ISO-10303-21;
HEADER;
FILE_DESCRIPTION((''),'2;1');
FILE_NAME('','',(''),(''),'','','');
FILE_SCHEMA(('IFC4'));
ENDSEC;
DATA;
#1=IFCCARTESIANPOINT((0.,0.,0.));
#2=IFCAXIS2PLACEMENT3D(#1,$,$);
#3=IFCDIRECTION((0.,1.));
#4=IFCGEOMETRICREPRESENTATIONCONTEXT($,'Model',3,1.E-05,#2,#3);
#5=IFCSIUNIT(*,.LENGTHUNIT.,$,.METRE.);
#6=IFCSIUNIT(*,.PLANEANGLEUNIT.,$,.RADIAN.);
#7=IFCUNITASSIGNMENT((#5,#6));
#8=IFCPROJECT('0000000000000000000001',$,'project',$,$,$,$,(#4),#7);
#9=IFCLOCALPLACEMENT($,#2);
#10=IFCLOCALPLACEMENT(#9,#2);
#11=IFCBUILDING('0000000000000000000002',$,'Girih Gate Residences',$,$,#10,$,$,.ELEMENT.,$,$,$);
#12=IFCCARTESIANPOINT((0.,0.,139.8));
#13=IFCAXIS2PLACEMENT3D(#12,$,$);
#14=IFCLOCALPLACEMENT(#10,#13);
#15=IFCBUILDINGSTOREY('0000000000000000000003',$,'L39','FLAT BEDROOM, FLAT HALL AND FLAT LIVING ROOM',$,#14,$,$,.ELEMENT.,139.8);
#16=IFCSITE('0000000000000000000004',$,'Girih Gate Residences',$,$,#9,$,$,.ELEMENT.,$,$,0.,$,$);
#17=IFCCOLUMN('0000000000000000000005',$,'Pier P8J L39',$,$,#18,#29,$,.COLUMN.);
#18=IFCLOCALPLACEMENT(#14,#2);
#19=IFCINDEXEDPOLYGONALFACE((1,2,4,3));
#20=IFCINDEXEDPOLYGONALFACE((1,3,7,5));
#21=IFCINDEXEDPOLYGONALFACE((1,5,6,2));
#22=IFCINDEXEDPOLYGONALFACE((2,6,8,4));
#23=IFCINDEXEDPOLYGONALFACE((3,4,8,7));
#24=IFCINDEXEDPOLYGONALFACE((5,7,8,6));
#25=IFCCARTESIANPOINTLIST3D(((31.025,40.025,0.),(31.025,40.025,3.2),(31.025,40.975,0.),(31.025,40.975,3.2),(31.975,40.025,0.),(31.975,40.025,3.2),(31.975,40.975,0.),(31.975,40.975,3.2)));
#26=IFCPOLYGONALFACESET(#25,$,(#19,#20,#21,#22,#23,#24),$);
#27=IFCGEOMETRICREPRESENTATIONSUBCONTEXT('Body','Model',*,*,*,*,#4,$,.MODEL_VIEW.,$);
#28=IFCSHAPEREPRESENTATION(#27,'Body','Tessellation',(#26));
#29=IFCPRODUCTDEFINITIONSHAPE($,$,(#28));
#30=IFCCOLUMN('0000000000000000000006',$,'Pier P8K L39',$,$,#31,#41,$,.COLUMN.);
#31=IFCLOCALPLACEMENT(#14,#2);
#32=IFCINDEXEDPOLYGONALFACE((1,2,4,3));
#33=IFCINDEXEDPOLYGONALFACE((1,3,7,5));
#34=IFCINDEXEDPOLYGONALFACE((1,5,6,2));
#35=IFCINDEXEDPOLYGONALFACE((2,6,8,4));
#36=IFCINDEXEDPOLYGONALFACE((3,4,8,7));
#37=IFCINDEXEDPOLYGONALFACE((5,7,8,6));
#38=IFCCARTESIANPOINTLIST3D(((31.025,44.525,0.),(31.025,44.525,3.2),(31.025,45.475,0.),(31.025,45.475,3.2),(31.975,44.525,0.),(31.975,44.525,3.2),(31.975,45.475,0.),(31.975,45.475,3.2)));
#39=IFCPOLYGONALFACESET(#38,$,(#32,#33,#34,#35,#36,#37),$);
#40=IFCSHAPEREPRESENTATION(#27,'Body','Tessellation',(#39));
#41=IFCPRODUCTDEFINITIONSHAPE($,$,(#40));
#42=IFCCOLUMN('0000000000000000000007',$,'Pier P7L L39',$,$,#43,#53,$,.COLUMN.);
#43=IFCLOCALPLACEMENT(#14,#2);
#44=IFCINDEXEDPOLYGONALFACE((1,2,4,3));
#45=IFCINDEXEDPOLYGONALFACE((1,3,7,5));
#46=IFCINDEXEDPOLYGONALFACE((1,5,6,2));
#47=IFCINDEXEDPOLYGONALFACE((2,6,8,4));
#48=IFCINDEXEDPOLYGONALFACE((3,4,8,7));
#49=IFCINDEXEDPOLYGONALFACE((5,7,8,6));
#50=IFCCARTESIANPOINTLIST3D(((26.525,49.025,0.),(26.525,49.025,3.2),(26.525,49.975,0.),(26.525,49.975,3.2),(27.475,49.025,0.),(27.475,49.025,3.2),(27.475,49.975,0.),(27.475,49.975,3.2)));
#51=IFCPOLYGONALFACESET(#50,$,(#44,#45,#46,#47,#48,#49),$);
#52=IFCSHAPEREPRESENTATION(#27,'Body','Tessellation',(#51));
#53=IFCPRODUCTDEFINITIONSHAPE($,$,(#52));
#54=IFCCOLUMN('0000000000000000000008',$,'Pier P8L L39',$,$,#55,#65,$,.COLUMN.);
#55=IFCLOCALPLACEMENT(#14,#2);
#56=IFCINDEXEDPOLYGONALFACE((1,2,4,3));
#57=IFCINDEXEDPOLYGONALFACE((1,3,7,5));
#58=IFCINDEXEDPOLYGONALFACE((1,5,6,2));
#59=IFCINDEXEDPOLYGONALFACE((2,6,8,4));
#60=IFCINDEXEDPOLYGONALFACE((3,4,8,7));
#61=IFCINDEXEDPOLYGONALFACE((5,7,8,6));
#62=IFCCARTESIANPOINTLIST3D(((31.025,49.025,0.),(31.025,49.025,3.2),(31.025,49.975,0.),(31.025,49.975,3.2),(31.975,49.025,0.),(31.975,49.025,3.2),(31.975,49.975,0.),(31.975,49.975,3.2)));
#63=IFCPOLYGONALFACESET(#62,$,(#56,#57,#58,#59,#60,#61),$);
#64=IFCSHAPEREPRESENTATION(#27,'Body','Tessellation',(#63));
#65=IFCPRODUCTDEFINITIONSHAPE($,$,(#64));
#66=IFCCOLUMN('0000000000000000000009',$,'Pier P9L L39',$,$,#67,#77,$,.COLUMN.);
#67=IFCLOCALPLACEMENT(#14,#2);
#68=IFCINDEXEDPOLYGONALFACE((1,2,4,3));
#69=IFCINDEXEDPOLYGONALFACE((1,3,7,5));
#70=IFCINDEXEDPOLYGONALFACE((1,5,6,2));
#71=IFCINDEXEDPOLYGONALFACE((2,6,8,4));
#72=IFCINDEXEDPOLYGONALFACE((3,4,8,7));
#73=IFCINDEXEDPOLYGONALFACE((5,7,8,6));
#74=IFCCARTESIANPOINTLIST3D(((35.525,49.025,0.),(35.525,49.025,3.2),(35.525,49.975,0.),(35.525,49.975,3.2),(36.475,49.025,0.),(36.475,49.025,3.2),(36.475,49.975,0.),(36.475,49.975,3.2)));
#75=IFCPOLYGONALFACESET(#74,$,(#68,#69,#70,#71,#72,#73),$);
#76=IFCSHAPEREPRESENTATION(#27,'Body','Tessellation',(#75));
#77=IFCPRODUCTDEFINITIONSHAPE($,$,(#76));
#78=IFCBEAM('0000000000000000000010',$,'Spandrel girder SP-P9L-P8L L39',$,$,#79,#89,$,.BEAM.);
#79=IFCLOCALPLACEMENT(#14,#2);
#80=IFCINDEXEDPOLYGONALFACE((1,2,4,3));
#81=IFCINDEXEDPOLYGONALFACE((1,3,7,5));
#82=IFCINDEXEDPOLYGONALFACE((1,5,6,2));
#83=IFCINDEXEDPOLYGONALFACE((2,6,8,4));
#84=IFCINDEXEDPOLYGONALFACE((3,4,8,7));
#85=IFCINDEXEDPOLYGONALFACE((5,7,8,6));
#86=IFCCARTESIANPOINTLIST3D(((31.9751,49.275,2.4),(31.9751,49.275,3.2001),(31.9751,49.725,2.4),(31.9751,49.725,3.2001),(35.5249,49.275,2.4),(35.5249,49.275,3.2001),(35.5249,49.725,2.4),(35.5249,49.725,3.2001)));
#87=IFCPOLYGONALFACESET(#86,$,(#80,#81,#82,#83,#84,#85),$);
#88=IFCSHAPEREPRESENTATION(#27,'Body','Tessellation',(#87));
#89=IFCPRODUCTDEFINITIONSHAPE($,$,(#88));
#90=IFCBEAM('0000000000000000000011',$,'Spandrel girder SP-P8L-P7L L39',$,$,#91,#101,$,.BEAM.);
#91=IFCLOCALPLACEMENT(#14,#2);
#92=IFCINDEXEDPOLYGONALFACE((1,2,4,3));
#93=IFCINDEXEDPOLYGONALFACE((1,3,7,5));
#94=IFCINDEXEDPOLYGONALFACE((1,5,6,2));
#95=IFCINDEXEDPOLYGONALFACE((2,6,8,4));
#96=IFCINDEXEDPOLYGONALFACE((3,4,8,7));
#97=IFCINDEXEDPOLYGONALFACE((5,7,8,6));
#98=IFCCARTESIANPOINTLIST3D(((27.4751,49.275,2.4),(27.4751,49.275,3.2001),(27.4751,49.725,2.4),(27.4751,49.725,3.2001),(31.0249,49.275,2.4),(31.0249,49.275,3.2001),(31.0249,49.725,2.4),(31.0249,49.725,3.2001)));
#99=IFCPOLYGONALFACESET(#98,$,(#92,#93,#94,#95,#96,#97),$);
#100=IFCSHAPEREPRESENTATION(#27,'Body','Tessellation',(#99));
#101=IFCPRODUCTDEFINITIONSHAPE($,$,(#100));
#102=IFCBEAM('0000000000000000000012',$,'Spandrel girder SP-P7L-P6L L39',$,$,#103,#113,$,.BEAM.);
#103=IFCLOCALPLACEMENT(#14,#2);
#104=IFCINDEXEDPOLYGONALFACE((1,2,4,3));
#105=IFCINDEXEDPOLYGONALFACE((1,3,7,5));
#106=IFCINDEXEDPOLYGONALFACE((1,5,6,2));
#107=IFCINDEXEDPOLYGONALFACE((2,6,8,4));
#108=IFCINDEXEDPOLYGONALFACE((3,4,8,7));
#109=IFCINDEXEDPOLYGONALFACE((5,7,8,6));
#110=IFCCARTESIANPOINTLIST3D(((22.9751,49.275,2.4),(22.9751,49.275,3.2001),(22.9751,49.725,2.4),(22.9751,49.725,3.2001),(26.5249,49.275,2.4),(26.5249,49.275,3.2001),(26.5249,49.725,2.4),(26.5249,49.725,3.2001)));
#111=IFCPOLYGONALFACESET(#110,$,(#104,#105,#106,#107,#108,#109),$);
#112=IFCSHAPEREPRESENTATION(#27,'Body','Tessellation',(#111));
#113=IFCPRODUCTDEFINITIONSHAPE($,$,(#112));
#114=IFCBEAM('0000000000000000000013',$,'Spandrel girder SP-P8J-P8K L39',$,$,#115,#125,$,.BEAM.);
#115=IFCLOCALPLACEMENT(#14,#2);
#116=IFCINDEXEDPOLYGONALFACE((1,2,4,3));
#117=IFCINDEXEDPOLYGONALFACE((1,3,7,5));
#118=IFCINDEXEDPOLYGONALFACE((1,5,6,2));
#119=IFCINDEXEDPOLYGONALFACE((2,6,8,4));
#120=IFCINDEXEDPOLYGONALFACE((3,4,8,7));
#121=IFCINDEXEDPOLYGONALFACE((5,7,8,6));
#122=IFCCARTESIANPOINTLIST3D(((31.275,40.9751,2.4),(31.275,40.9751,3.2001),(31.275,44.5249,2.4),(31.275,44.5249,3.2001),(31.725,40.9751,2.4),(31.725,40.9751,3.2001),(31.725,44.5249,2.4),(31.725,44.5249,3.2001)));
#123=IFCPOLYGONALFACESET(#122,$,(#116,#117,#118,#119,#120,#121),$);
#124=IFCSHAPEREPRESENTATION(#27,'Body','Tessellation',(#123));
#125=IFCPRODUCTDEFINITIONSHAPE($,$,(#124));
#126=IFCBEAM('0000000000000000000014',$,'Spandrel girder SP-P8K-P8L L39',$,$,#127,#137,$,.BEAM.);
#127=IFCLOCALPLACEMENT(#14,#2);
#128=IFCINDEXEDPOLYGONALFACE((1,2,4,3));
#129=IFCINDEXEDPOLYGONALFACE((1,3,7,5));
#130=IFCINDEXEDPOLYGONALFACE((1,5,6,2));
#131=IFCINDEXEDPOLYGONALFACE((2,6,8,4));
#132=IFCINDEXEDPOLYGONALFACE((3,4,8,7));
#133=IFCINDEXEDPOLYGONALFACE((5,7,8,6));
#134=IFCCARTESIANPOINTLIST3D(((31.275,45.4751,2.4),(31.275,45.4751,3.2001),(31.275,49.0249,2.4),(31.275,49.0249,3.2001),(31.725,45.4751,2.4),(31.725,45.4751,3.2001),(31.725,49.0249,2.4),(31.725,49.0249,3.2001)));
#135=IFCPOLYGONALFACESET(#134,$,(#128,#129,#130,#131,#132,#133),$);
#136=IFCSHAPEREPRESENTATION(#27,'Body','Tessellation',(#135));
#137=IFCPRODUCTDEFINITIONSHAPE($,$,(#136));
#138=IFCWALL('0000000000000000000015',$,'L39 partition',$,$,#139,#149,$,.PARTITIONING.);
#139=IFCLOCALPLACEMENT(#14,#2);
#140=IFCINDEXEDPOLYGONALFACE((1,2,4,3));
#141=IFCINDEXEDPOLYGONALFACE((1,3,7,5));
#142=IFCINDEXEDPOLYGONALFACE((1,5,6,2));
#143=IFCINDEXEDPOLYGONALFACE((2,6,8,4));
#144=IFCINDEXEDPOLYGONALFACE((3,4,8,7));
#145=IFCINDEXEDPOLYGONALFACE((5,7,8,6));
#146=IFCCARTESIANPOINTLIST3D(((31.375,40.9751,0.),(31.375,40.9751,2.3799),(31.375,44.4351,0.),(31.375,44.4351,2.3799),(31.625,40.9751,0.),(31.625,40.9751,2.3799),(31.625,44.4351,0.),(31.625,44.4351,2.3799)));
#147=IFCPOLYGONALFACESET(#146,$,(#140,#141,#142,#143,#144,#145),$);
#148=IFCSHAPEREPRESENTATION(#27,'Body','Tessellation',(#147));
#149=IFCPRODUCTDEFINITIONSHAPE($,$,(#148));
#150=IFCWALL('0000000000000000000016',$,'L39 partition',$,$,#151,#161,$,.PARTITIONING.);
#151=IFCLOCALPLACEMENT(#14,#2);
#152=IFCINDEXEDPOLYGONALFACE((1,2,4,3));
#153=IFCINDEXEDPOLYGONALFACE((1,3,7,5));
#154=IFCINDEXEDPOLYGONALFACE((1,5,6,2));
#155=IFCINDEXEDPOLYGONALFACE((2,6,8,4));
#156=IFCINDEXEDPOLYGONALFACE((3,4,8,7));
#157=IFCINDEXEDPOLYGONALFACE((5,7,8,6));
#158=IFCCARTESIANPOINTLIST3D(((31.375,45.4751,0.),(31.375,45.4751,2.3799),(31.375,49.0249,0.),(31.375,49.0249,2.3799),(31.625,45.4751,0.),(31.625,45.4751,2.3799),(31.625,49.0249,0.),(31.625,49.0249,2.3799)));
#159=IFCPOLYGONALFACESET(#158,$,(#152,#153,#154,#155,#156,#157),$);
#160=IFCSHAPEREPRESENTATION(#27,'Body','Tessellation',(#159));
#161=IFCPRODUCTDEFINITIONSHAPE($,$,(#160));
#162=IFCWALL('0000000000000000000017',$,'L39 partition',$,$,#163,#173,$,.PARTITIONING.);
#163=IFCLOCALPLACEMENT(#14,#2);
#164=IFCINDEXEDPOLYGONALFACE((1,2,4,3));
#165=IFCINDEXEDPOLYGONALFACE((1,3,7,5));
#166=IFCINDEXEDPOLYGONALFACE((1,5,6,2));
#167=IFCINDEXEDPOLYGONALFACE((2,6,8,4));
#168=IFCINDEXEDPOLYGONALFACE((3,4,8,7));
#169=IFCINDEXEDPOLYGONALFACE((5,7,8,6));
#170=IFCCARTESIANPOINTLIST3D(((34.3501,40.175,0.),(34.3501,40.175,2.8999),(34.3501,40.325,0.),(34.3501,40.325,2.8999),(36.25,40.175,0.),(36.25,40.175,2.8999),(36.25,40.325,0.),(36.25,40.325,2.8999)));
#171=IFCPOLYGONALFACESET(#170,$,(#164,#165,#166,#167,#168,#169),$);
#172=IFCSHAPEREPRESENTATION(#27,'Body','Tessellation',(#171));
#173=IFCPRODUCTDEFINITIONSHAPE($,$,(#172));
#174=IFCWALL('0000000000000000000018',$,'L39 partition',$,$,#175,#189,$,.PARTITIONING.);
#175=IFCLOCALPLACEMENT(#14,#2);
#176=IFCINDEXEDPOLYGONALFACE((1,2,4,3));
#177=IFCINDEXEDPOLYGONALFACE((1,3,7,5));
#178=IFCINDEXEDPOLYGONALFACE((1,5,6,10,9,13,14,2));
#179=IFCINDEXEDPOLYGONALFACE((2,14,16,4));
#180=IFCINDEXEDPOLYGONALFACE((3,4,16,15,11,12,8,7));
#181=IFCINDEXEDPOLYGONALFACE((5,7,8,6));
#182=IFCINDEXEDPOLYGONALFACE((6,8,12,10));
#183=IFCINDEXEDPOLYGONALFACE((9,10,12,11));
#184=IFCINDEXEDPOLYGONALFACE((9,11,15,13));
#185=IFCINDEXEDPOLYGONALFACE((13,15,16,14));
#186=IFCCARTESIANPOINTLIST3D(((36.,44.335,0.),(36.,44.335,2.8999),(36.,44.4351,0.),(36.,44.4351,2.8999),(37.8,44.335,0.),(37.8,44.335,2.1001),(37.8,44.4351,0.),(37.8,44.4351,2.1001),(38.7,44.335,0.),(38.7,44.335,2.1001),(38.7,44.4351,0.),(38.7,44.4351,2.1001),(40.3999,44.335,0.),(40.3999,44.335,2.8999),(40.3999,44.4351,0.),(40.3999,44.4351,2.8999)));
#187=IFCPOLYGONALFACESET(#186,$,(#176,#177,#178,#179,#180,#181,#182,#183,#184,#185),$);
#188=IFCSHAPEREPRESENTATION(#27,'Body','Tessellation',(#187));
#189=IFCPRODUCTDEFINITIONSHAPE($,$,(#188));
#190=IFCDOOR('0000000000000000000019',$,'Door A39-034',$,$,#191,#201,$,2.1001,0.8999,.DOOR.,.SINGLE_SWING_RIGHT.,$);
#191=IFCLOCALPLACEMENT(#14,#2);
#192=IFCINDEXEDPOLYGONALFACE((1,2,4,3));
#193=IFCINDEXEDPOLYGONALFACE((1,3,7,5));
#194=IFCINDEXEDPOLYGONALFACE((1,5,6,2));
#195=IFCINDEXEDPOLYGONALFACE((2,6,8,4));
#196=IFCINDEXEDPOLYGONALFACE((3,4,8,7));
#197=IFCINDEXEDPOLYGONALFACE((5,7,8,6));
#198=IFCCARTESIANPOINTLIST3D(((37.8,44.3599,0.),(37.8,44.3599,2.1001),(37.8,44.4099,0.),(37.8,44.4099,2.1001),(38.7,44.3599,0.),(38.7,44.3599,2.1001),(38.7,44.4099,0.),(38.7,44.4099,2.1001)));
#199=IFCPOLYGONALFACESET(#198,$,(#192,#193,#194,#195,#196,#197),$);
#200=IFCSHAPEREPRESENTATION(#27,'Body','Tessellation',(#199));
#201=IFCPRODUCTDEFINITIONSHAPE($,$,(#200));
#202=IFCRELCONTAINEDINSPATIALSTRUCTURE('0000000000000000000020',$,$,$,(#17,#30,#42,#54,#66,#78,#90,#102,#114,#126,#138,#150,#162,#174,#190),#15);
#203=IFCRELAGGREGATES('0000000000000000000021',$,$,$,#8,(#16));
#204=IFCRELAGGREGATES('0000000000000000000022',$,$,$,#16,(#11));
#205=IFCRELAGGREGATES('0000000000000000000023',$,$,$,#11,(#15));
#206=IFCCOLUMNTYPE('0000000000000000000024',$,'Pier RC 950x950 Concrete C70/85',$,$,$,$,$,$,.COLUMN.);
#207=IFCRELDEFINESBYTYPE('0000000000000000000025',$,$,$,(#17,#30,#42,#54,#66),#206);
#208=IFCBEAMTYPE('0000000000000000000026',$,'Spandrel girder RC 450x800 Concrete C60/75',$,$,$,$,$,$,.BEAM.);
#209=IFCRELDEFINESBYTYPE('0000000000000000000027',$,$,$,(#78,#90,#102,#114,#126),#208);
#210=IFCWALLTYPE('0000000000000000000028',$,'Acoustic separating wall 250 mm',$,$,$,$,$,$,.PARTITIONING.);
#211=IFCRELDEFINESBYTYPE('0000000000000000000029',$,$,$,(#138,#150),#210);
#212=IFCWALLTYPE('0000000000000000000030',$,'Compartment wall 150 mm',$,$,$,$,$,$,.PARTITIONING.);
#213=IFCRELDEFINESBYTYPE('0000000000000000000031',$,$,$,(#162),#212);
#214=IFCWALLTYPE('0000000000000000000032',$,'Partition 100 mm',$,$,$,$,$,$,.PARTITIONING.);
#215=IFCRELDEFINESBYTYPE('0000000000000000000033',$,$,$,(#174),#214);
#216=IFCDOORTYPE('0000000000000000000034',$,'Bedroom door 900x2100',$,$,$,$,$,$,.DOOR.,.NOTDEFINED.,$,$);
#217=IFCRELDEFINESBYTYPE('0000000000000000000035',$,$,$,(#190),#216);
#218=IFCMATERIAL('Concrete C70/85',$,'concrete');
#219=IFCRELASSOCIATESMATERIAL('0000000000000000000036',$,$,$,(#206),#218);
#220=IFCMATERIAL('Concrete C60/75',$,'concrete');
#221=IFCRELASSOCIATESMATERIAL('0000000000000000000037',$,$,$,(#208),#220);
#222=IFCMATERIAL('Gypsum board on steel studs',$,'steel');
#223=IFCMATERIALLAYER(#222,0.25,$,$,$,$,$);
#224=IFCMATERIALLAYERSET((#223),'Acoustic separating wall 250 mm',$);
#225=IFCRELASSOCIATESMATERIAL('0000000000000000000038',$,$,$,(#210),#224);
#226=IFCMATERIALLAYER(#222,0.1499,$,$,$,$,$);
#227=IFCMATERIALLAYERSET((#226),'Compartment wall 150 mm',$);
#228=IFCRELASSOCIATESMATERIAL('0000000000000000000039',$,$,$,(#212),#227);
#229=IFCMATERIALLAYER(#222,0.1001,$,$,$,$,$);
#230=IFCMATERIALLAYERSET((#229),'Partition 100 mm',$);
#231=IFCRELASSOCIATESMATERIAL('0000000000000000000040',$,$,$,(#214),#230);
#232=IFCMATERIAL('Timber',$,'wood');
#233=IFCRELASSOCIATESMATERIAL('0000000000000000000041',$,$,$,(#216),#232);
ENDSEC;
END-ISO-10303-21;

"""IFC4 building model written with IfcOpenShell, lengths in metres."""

from ifc_helpers import new_model, si_unit, direction, frame, frame_2d, origin, origin_2d, place, context, subcontext, project, spatial, rectangle, extrude, material, layer, layer_set, material_profile, profile_set, type_object, element, fill, save


model = new_model("IFC4")

# Units and contexts
model_context = context("Model", 3, precision=1e-05, world=origin(), true_north=direction((0.0, 1.0)))
body_context = subcontext(model_context, "Body", "Model", "MODEL_VIEW")
ifc_project = project(units=[si_unit("LENGTHUNIT", "METRE"), si_unit("PLANEANGLEUNIT", "RADIAN")], contexts=[model_context])

# Site, building, storey
site_placement = place(None, origin())
site = spatial("IfcSite", under=ifc_project, at=site_placement, Name="Girih Gate Residences", CompositionType="ELEMENT", RefElevation=0.0)
building_placement = place(site_placement, origin())
building = spatial("IfcBuilding", under=site, at=building_placement, Name="Girih Gate Residences", CompositionType="ELEMENT")
storey_placement = place(building_placement, frame((0.0, 0.0, 139.8)))
storey = spatial("IfcBuildingStorey", under=building, at=storey_placement, Name="L39", Description="FLAT BEDROOM, FLAT HALL AND FLAT LIVING ROOM", CompositionType="ELEMENT", Elevation=139.8)

# Columns
ifc_material_1 = material(Name="Concrete C70/85", Category="concrete")
ifc_material_profile_1 = material_profile(ifc_material_1, rectangle(XDim=0.95, YDim=0.95, at=origin_2d()))
ifc_profile_set_1 = profile_set([ifc_material_profile_1], Name="Concrete C70/85")
column_type = type_object("IfcColumnType", Name="Pier RC 950x950 Concrete C70/85", PredefinedType="COLUMN", material=ifc_profile_set_1)
for number, where, z_axis, x_axis, name in (
    (1, (31.5, 40.5, 0.0), (0.0, 0.0, 1.0), (1.0, 0.0, 0.0), "Pier P8J L39"),
    (2, (31.5, 45.0, 0.0), (0.0, 0.0, 1.0), (1.0, 0.0, 0.0), "Pier P8K L39"),
    (3, (27.0, 49.5, 0.0), (0.0, 0.0, 1.0), (1.0, 0.0, 0.0), "Pier P7L L39"),
    (4, (31.5, 49.5, 0.0), (0.0, 0.0, 1.0), (1.0, 0.0, 0.0), "Pier P8L L39"),
    (5, (36.0, 49.5, 0.0), (0.0, 0.0, 1.0), (1.0, 0.0, 0.0), "Pier P9L L39"),
):
    element("IfcColumn", number, at=place(storey_placement, frame(where, z_axis=z_axis, x_axis=x_axis)), inside=storey, type_object=column_type, Name=name, PredefinedType="COLUMN", context=body_context, shape_type="SweptSolid", body=[
        extrude(rectangle(XDim=0.95, YDim=0.95, at=origin_2d()), origin(), (0.0, 0.0, 1.0), 3.2),
    ])

# Beams
ifc_material_2 = material(Name="Concrete C60/75", Category="concrete")
ifc_material_profile_2 = material_profile(ifc_material_2, rectangle(XDim=0.45, YDim=0.8, at=origin_2d()))
ifc_profile_set_2 = profile_set([ifc_material_profile_2], Name="Concrete C60/75")
beam_type = type_object("IfcBeamType", Name="Spandrel girder RC 450x800 Concrete C60/75", PredefinedType="BEAM", material=ifc_profile_set_2)
for number, where, z_axis, x_axis, name in (
    (6, (35.5249, 49.5, 2.8), (-1.0, 0.0, 0.0), (0.0, -1.0, 0.0), "Spandrel girder SP-P9L-P8L L39"),
    (7, (31.0249, 49.5, 2.8), (-1.0, 0.0, 0.0), (0.0, -1.0, 0.0), "Spandrel girder SP-P8L-P7L L39"),
    (8, (26.5249, 49.5, 2.8), (-1.0, 0.0, 0.0), (0.0, -1.0, 0.0), "Spandrel girder SP-P7L-P6L L39"),
    (9, (31.5, 40.9751, 2.8), (0.0, 1.0, 0.0), (-1.0, 0.0, 0.0), "Spandrel girder SP-P8J-P8K L39"),
    (10, (31.5, 45.4751, 2.8), (0.0, 1.0, 0.0), (-1.0, 0.0, 0.0), "Spandrel girder SP-P8K-P8L L39"),
):
    element("IfcBeam", number, at=place(storey_placement, frame(where, z_axis=z_axis, x_axis=x_axis)), inside=storey, type_object=beam_type, Name=name, PredefinedType="BEAM", context=body_context, shape_type="SweptSolid", body=[
        extrude(rectangle(XDim=0.45, YDim=0.8, at=origin_2d()), origin(), (0.0, 0.0, 1.0), 3.5498),
    ])

# Walls
ifc_material_3 = material(Name="Gypsum board on steel studs", Category="steel")
ifc_layer_1 = layer(ifc_material_3, 0.25)
ifc_layer_set_1 = layer_set([ifc_layer_1], Name="Acoustic separating wall 250 mm")
wall_type_1 = type_object("IfcWallType", Name="Acoustic separating wall 250 mm", PredefinedType="PARTITIONING", material=ifc_layer_set_1)
wall_1_placement = place(storey_placement, frame((31.5, 40.9751, 0.0), z_axis=(0.0, 0.0, 1.0), x_axis=(0.0, 1.0, 0.0)))
element("IfcWall", 11, at=wall_1_placement, inside=storey, type_object=wall_type_1, Name="L39 partition", PredefinedType="PARTITIONING", context=body_context, shape_type="SweptSolid", body=[
    extrude(rectangle(XDim=3.46, YDim=0.25, at=frame_2d((1.73, 0.0))), origin(), (0.0, 0.0, 1.0), 2.3799),
])
wall_2_placement = place(storey_placement, frame((31.5, 45.4751, 0.0), z_axis=(0.0, 0.0, 1.0), x_axis=(0.0, 1.0, 0.0)))
element("IfcWall", 12, at=wall_2_placement, inside=storey, type_object=wall_type_1, Name="L39 partition", PredefinedType="PARTITIONING", context=body_context, shape_type="SweptSolid", body=[
    extrude(rectangle(XDim=3.5498, YDim=0.25, at=frame_2d((1.7749, 0.0))), origin(), (0.0, 0.0, 1.0), 2.3799),
])
ifc_layer_2 = layer(ifc_material_3, 0.1499)
ifc_layer_set_2 = layer_set([ifc_layer_2], Name="Compartment wall 150 mm")
wall_type_2 = type_object("IfcWallType", Name="Compartment wall 150 mm", PredefinedType="PARTITIONING", material=ifc_layer_set_2)
wall_3_placement = place(storey_placement, frame((34.3501, 40.25, 0.0), z_axis=(0.0, 0.0, 1.0), x_axis=(1.0, 0.0, 0.0)))
element("IfcWall", 13, at=wall_3_placement, inside=storey, type_object=wall_type_2, Name="L39 partition", PredefinedType="PARTITIONING", context=body_context, shape_type="SweptSolid", body=[
    extrude(rectangle(XDim=1.8999, YDim=0.1499, at=frame_2d((0.95, 0.0))), origin(), (0.0, 0.0, 1.0), 2.8999),
])

# Wall, opening, door
ifc_layer_3 = layer(ifc_material_3, 0.1001)
ifc_layer_set_3 = layer_set([ifc_layer_3], Name="Partition 100 mm")
wall_type_3 = type_object("IfcWallType", Name="Partition 100 mm", PredefinedType="PARTITIONING", material=ifc_layer_set_3)
wall_4_placement = place(storey_placement, frame((36.0, 44.385, 0.0), z_axis=(0.0, 0.0, 1.0), x_axis=(1.0, 0.0, 0.0)))
wall_4 = element("IfcWall", 14, at=wall_4_placement, inside=storey, type_object=wall_type_3, Name="L39 partition", PredefinedType="PARTITIONING", context=body_context, shape_type="SweptSolid", body=[
    extrude(rectangle(XDim=4.3999, YDim=0.1001, at=frame_2d((2.2, 0.0))), origin(), (0.0, 0.0, 1.0), 2.8999),
])
opening_1_placement = place(wall_4_placement, frame((1.8, 0.0, 0.0)))
opening_1 = element("IfcOpeningElement", 15, at=opening_1_placement, cuts=wall_4, PredefinedType="OPENING", context=body_context, shape_type="SweptSolid", body=[
    extrude(rectangle(XDim=0.8999, YDim=2.1001, at=frame_2d((0.45, 1.05))), frame((0.0, 0.0601, 0.0), z_axis=(0.0, -1.0, 0.0), x_axis=(1.0, 0.0, 0.0)), (0.0, 0.0, 1.0), 0.1201),
])
ifc_material_4 = material(Name="Timber", Category="wood")
door_type_1 = type_object("IfcDoorType", Name="Bedroom door 900x2100", OperationType="NOTDEFINED", PredefinedType="DOOR", material=ifc_material_4)
door_1_placement = place(opening_1_placement, origin())
door_1 = element("IfcDoor", 16, at=door_1_placement, inside=storey, type_object=door_type_1, Name="Door A39-034", OperationType="SINGLE_SWING_RIGHT", OverallHeight=2.1001, OverallWidth=0.8999, PredefinedType="DOOR", context=body_context, shape_type="SweptSolid", body=[
    extrude(rectangle(XDim=0.8999, YDim=2.1001, at=frame_2d((0.45, 1.05))), frame((0.0, 0.0249, 0.0), z_axis=(0.0, -1.0, 0.0), x_axis=(1.0, 0.0, 0.0)), (0.0, 0.0, 1.0), 0.05),
])
fill(opening_1, door_1)

save(model, "model.ifc")
